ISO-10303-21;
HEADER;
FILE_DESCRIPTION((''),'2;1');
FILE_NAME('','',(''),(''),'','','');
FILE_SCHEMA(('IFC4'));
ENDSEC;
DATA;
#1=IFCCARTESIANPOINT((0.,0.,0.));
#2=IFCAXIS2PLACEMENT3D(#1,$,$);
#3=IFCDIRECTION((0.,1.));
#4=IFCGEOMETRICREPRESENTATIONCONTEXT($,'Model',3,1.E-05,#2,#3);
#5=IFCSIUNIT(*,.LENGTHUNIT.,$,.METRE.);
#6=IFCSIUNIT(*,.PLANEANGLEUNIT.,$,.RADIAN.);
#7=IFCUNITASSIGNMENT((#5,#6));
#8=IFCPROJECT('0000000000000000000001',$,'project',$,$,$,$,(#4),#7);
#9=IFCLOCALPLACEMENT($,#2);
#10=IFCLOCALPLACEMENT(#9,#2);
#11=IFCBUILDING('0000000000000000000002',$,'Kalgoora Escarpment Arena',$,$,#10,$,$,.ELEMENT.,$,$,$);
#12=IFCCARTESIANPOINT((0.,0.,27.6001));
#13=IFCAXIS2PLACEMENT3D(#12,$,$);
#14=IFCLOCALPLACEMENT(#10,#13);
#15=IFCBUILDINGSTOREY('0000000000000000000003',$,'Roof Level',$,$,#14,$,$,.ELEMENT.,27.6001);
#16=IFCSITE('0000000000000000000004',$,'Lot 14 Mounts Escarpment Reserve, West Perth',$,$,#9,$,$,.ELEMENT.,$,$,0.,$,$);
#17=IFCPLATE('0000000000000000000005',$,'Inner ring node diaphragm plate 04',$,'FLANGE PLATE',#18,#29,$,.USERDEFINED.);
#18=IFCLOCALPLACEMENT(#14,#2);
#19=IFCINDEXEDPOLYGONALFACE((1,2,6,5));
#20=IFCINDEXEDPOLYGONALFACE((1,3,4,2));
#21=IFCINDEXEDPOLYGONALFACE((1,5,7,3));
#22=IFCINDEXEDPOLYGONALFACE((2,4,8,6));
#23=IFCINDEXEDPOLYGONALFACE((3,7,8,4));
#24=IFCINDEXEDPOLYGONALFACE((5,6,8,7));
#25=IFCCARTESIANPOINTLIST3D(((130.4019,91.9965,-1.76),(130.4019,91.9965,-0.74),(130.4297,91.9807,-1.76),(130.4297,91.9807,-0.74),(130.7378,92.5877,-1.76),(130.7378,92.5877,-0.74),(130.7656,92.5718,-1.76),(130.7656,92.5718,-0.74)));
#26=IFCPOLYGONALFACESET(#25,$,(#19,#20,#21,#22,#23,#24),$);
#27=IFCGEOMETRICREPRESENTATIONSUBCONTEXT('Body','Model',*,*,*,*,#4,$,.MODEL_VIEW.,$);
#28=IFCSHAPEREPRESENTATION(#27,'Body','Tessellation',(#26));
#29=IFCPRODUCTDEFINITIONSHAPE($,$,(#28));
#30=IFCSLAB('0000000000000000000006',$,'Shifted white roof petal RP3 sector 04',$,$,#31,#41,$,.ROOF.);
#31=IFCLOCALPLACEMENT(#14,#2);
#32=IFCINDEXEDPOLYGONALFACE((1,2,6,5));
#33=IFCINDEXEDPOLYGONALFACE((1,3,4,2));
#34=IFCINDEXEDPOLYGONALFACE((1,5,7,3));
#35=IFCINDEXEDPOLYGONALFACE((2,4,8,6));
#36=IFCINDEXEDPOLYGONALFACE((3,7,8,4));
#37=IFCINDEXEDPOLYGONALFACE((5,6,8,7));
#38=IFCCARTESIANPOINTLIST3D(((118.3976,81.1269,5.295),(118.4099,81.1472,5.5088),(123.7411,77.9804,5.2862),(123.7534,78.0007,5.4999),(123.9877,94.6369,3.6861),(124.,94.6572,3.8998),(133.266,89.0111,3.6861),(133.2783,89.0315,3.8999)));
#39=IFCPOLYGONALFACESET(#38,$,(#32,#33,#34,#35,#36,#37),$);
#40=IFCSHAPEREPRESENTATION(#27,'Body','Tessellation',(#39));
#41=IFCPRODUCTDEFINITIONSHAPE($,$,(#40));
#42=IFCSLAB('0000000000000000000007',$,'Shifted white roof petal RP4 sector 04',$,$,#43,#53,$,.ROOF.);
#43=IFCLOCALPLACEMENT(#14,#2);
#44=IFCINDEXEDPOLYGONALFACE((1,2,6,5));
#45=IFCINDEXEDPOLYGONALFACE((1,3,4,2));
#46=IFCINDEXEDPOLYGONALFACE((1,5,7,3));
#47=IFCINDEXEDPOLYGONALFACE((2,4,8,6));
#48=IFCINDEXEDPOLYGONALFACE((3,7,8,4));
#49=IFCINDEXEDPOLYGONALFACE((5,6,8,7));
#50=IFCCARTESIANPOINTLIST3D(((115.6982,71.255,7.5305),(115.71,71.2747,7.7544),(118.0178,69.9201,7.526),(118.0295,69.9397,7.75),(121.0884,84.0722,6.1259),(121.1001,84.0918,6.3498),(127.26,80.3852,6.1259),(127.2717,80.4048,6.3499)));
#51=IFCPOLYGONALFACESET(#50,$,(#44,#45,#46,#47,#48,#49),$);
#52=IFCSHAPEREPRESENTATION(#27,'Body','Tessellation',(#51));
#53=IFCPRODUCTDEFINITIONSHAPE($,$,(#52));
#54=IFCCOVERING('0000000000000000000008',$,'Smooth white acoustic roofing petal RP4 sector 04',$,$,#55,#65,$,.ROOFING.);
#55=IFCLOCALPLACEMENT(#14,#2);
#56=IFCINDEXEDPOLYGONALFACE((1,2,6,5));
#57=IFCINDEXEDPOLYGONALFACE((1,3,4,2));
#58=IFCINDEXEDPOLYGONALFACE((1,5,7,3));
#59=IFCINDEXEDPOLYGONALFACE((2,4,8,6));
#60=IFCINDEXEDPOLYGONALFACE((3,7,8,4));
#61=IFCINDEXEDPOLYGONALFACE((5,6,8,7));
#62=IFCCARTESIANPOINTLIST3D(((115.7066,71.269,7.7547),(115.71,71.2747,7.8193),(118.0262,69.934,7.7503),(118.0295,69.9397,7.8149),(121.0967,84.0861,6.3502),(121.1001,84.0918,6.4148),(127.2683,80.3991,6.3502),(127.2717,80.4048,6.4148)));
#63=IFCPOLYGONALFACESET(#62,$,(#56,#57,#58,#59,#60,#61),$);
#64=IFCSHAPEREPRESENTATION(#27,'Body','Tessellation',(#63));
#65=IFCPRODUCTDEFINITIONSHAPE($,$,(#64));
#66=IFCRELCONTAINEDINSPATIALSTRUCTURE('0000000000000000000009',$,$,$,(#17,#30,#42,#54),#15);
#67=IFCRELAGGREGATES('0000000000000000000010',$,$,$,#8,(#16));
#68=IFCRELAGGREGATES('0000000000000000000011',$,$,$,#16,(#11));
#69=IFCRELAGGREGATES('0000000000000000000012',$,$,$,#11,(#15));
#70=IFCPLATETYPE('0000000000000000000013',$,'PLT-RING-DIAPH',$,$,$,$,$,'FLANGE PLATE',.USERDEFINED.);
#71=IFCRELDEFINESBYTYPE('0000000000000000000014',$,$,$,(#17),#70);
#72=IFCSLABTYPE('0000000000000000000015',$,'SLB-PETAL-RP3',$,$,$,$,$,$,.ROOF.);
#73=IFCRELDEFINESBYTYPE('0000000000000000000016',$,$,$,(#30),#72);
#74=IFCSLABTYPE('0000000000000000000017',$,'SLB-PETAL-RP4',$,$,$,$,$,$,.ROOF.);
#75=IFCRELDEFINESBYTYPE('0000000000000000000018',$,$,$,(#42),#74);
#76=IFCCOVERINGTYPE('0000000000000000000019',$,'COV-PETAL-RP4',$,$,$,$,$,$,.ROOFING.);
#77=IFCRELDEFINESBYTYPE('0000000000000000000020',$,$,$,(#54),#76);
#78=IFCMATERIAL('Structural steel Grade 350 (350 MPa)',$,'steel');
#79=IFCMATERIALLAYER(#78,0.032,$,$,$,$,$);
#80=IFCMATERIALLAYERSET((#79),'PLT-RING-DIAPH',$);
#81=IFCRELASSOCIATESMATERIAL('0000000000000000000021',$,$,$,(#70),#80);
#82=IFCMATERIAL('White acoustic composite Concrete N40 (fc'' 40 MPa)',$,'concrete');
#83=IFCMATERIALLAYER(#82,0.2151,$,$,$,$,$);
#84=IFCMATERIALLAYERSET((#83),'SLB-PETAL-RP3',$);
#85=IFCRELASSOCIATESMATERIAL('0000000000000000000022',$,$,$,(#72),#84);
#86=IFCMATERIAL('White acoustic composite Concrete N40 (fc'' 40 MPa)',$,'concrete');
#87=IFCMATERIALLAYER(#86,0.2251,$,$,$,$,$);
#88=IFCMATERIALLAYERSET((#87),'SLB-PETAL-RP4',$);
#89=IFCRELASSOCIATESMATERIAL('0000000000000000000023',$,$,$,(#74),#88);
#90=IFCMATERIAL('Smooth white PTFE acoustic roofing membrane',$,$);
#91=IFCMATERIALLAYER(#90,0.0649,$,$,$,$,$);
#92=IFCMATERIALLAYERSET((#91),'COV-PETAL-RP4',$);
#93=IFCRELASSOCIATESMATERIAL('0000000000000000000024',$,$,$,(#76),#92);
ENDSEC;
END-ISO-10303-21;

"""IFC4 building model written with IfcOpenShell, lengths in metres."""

from ifc_helpers import new_model, si_unit, direction, frame, origin, origin_2d, place, context, subcontext, project, spatial, polyline, rectangle, outline, extrude, material, layer, layer_set, type_object, element, save


model = new_model("IFC4")

# Units and contexts
model_context = context("Model", 3, precision=1e-05, world=origin(), true_north=direction((0.0, 1.0)))
body_context = subcontext(model_context, "Body", "Model", "MODEL_VIEW")
ifc_project = project(units=[si_unit("LENGTHUNIT", "METRE"), si_unit("PLANEANGLEUNIT", "RADIAN")], contexts=[model_context])

# Site, building, storey
site_placement = place(None, origin())
site = spatial("IfcSite", under=ifc_project, at=site_placement, Name="Lot 14 Mounts Escarpment Reserve, West Perth", CompositionType="ELEMENT", RefElevation=0.0)
building_placement = place(site_placement, origin())
building = spatial("IfcBuilding", under=site, at=building_placement, Name="Kalgoora Escarpment Arena", CompositionType="ELEMENT")
storey_placement = place(building_placement, frame((0.0, 0.0, 27.6001)))
storey = spatial("IfcBuildingStorey", under=building, at=storey_placement, Name="Roof Level", CompositionType="ELEMENT", Elevation=27.6001)

# Plate
ifc_material_1 = material(Name="Structural steel Grade 350 (350 MPa)", Category="steel")
ifc_layer_1 = layer(ifc_material_1, 0.032)
ifc_layer_set_1 = layer_set([ifc_layer_1], Name="PLT-RING-DIAPH")
plate_type_1 = type_object("IfcPlateType", Name="PLT-RING-DIAPH", ElementType="FLANGE PLATE", PredefinedType="USERDEFINED", material=ifc_layer_set_1)
plate_1_placement = place(storey_placement, frame((130.5837, 92.2842, -1.76), z_axis=(0.0, 0.0, 1.0), x_axis=(-0.869409, 0.494094, 0.0)))
element("IfcPlate", 1, at=plate_1_placement, inside=storey, type_object=plate_type_1, Name="Inner ring node diaphragm plate 04", ObjectType="FLANGE PLATE", PredefinedType="USERDEFINED", context=body_context, shape_type="SweptSolid", body=[
    extrude(rectangle(XDim=0.032, YDim=0.6799, at=origin_2d()), origin(), (0.0, 0.0, 1.0), 1.02),
])

# Slabs
ifc_material_2 = material(Name="White acoustic composite Concrete N40 (fc' 40 MPa)", Category="concrete")
ifc_layer_2 = layer(ifc_material_2, 0.2151)
ifc_layer_set_2 = layer_set([ifc_layer_2], Name="SLB-PETAL-RP3")
slab_type_1 = type_object("IfcSlabType", Name="SLB-PETAL-RP3", PredefinedType="ROOF", material=ifc_layer_set_2)
slab_1_placement = place(storey_placement, frame((133.2783, 89.0315, 3.8999), z_axis=(0.057367, 0.094625, 0.993859), x_axis=(-0.855096, 0.51847, -0.000006)))
element("IfcSlab", 2, at=slab_1_placement, inside=storey, type_object=slab_type_1, Name="Shifted white roof petal RP3 sector 04", PredefinedType="ROOF", context=body_context, shape_type="SweptSolid", body=[
    extrude(outline(polyline([(0.0, 0.0), (10.8506, 0.0), (8.6261, 14.5399), (2.4256, 14.4595), (0.0, 0.0)])), origin(), (0.0, 0.0, -1.0), 0.2151),
])
ifc_material_3 = material(Name="White acoustic composite Concrete N40 (fc' 40 MPa)", Category="concrete")
ifc_layer_3 = layer(ifc_material_3, 0.2251)
ifc_layer_set_3 = layer_set([ifc_layer_3], Name="SLB-PETAL-RP4")
slab_type_2 = type_object("IfcSlabType", Name="SLB-PETAL-RP4", PredefinedType="ROOF", material=ifc_layer_set_3)
slab_2_placement = place(storey_placement, frame((127.2717, 80.4048, 6.3499), z_axis=(0.052048, 0.087132, 0.994836), x_axis=(-0.858471, 0.512861, -0.000005)))
element("IfcSlab", 3, at=slab_2_placement, inside=storey, type_object=slab_type_2, Name="Shifted white roof petal RP4 sector 04", PredefinedType="ROOF", context=body_context, shape_type="SweptSolid", body=[
    extrude(outline(polyline([(0.0, 0.0), (7.1891, 0.0), (5.243, 13.839), (2.567, 13.7952), (0.0, 0.0)])), origin(), (0.0, 0.0, -1.0), 0.2251),
])

# Covering
ifc_material_4 = material(Name="Smooth white PTFE acoustic roofing membrane")
ifc_layer_4 = layer(ifc_material_4, 0.0649)
ifc_layer_set_4 = layer_set([ifc_layer_4], Name="COV-PETAL-RP4")
covering_type = type_object("IfcCoveringType", Name="COV-PETAL-RP4", PredefinedType="ROOFING", material=ifc_layer_set_4)
covering_placement = place(storey_placement, frame((127.2717, 80.4048, 6.4148), z_axis=(0.052048, 0.087132, 0.994836), x_axis=(-0.858471, 0.512861, -0.000005)))
element("IfcCovering", 4, at=covering_placement, inside=storey, type_object=covering_type, Name="Smooth white acoustic roofing petal RP4 sector 04", PredefinedType="ROOFING", context=body_context, shape_type="SweptSolid", body=[
    extrude(outline(polyline([(0.0, 0.0), (7.1891, 0.0), (5.243, 13.839), (2.567, 13.7952), (0.0, 0.0)])), origin(), (0.0, 0.0, -1.0), 0.0649),
])

save(model, "model.ifc")
